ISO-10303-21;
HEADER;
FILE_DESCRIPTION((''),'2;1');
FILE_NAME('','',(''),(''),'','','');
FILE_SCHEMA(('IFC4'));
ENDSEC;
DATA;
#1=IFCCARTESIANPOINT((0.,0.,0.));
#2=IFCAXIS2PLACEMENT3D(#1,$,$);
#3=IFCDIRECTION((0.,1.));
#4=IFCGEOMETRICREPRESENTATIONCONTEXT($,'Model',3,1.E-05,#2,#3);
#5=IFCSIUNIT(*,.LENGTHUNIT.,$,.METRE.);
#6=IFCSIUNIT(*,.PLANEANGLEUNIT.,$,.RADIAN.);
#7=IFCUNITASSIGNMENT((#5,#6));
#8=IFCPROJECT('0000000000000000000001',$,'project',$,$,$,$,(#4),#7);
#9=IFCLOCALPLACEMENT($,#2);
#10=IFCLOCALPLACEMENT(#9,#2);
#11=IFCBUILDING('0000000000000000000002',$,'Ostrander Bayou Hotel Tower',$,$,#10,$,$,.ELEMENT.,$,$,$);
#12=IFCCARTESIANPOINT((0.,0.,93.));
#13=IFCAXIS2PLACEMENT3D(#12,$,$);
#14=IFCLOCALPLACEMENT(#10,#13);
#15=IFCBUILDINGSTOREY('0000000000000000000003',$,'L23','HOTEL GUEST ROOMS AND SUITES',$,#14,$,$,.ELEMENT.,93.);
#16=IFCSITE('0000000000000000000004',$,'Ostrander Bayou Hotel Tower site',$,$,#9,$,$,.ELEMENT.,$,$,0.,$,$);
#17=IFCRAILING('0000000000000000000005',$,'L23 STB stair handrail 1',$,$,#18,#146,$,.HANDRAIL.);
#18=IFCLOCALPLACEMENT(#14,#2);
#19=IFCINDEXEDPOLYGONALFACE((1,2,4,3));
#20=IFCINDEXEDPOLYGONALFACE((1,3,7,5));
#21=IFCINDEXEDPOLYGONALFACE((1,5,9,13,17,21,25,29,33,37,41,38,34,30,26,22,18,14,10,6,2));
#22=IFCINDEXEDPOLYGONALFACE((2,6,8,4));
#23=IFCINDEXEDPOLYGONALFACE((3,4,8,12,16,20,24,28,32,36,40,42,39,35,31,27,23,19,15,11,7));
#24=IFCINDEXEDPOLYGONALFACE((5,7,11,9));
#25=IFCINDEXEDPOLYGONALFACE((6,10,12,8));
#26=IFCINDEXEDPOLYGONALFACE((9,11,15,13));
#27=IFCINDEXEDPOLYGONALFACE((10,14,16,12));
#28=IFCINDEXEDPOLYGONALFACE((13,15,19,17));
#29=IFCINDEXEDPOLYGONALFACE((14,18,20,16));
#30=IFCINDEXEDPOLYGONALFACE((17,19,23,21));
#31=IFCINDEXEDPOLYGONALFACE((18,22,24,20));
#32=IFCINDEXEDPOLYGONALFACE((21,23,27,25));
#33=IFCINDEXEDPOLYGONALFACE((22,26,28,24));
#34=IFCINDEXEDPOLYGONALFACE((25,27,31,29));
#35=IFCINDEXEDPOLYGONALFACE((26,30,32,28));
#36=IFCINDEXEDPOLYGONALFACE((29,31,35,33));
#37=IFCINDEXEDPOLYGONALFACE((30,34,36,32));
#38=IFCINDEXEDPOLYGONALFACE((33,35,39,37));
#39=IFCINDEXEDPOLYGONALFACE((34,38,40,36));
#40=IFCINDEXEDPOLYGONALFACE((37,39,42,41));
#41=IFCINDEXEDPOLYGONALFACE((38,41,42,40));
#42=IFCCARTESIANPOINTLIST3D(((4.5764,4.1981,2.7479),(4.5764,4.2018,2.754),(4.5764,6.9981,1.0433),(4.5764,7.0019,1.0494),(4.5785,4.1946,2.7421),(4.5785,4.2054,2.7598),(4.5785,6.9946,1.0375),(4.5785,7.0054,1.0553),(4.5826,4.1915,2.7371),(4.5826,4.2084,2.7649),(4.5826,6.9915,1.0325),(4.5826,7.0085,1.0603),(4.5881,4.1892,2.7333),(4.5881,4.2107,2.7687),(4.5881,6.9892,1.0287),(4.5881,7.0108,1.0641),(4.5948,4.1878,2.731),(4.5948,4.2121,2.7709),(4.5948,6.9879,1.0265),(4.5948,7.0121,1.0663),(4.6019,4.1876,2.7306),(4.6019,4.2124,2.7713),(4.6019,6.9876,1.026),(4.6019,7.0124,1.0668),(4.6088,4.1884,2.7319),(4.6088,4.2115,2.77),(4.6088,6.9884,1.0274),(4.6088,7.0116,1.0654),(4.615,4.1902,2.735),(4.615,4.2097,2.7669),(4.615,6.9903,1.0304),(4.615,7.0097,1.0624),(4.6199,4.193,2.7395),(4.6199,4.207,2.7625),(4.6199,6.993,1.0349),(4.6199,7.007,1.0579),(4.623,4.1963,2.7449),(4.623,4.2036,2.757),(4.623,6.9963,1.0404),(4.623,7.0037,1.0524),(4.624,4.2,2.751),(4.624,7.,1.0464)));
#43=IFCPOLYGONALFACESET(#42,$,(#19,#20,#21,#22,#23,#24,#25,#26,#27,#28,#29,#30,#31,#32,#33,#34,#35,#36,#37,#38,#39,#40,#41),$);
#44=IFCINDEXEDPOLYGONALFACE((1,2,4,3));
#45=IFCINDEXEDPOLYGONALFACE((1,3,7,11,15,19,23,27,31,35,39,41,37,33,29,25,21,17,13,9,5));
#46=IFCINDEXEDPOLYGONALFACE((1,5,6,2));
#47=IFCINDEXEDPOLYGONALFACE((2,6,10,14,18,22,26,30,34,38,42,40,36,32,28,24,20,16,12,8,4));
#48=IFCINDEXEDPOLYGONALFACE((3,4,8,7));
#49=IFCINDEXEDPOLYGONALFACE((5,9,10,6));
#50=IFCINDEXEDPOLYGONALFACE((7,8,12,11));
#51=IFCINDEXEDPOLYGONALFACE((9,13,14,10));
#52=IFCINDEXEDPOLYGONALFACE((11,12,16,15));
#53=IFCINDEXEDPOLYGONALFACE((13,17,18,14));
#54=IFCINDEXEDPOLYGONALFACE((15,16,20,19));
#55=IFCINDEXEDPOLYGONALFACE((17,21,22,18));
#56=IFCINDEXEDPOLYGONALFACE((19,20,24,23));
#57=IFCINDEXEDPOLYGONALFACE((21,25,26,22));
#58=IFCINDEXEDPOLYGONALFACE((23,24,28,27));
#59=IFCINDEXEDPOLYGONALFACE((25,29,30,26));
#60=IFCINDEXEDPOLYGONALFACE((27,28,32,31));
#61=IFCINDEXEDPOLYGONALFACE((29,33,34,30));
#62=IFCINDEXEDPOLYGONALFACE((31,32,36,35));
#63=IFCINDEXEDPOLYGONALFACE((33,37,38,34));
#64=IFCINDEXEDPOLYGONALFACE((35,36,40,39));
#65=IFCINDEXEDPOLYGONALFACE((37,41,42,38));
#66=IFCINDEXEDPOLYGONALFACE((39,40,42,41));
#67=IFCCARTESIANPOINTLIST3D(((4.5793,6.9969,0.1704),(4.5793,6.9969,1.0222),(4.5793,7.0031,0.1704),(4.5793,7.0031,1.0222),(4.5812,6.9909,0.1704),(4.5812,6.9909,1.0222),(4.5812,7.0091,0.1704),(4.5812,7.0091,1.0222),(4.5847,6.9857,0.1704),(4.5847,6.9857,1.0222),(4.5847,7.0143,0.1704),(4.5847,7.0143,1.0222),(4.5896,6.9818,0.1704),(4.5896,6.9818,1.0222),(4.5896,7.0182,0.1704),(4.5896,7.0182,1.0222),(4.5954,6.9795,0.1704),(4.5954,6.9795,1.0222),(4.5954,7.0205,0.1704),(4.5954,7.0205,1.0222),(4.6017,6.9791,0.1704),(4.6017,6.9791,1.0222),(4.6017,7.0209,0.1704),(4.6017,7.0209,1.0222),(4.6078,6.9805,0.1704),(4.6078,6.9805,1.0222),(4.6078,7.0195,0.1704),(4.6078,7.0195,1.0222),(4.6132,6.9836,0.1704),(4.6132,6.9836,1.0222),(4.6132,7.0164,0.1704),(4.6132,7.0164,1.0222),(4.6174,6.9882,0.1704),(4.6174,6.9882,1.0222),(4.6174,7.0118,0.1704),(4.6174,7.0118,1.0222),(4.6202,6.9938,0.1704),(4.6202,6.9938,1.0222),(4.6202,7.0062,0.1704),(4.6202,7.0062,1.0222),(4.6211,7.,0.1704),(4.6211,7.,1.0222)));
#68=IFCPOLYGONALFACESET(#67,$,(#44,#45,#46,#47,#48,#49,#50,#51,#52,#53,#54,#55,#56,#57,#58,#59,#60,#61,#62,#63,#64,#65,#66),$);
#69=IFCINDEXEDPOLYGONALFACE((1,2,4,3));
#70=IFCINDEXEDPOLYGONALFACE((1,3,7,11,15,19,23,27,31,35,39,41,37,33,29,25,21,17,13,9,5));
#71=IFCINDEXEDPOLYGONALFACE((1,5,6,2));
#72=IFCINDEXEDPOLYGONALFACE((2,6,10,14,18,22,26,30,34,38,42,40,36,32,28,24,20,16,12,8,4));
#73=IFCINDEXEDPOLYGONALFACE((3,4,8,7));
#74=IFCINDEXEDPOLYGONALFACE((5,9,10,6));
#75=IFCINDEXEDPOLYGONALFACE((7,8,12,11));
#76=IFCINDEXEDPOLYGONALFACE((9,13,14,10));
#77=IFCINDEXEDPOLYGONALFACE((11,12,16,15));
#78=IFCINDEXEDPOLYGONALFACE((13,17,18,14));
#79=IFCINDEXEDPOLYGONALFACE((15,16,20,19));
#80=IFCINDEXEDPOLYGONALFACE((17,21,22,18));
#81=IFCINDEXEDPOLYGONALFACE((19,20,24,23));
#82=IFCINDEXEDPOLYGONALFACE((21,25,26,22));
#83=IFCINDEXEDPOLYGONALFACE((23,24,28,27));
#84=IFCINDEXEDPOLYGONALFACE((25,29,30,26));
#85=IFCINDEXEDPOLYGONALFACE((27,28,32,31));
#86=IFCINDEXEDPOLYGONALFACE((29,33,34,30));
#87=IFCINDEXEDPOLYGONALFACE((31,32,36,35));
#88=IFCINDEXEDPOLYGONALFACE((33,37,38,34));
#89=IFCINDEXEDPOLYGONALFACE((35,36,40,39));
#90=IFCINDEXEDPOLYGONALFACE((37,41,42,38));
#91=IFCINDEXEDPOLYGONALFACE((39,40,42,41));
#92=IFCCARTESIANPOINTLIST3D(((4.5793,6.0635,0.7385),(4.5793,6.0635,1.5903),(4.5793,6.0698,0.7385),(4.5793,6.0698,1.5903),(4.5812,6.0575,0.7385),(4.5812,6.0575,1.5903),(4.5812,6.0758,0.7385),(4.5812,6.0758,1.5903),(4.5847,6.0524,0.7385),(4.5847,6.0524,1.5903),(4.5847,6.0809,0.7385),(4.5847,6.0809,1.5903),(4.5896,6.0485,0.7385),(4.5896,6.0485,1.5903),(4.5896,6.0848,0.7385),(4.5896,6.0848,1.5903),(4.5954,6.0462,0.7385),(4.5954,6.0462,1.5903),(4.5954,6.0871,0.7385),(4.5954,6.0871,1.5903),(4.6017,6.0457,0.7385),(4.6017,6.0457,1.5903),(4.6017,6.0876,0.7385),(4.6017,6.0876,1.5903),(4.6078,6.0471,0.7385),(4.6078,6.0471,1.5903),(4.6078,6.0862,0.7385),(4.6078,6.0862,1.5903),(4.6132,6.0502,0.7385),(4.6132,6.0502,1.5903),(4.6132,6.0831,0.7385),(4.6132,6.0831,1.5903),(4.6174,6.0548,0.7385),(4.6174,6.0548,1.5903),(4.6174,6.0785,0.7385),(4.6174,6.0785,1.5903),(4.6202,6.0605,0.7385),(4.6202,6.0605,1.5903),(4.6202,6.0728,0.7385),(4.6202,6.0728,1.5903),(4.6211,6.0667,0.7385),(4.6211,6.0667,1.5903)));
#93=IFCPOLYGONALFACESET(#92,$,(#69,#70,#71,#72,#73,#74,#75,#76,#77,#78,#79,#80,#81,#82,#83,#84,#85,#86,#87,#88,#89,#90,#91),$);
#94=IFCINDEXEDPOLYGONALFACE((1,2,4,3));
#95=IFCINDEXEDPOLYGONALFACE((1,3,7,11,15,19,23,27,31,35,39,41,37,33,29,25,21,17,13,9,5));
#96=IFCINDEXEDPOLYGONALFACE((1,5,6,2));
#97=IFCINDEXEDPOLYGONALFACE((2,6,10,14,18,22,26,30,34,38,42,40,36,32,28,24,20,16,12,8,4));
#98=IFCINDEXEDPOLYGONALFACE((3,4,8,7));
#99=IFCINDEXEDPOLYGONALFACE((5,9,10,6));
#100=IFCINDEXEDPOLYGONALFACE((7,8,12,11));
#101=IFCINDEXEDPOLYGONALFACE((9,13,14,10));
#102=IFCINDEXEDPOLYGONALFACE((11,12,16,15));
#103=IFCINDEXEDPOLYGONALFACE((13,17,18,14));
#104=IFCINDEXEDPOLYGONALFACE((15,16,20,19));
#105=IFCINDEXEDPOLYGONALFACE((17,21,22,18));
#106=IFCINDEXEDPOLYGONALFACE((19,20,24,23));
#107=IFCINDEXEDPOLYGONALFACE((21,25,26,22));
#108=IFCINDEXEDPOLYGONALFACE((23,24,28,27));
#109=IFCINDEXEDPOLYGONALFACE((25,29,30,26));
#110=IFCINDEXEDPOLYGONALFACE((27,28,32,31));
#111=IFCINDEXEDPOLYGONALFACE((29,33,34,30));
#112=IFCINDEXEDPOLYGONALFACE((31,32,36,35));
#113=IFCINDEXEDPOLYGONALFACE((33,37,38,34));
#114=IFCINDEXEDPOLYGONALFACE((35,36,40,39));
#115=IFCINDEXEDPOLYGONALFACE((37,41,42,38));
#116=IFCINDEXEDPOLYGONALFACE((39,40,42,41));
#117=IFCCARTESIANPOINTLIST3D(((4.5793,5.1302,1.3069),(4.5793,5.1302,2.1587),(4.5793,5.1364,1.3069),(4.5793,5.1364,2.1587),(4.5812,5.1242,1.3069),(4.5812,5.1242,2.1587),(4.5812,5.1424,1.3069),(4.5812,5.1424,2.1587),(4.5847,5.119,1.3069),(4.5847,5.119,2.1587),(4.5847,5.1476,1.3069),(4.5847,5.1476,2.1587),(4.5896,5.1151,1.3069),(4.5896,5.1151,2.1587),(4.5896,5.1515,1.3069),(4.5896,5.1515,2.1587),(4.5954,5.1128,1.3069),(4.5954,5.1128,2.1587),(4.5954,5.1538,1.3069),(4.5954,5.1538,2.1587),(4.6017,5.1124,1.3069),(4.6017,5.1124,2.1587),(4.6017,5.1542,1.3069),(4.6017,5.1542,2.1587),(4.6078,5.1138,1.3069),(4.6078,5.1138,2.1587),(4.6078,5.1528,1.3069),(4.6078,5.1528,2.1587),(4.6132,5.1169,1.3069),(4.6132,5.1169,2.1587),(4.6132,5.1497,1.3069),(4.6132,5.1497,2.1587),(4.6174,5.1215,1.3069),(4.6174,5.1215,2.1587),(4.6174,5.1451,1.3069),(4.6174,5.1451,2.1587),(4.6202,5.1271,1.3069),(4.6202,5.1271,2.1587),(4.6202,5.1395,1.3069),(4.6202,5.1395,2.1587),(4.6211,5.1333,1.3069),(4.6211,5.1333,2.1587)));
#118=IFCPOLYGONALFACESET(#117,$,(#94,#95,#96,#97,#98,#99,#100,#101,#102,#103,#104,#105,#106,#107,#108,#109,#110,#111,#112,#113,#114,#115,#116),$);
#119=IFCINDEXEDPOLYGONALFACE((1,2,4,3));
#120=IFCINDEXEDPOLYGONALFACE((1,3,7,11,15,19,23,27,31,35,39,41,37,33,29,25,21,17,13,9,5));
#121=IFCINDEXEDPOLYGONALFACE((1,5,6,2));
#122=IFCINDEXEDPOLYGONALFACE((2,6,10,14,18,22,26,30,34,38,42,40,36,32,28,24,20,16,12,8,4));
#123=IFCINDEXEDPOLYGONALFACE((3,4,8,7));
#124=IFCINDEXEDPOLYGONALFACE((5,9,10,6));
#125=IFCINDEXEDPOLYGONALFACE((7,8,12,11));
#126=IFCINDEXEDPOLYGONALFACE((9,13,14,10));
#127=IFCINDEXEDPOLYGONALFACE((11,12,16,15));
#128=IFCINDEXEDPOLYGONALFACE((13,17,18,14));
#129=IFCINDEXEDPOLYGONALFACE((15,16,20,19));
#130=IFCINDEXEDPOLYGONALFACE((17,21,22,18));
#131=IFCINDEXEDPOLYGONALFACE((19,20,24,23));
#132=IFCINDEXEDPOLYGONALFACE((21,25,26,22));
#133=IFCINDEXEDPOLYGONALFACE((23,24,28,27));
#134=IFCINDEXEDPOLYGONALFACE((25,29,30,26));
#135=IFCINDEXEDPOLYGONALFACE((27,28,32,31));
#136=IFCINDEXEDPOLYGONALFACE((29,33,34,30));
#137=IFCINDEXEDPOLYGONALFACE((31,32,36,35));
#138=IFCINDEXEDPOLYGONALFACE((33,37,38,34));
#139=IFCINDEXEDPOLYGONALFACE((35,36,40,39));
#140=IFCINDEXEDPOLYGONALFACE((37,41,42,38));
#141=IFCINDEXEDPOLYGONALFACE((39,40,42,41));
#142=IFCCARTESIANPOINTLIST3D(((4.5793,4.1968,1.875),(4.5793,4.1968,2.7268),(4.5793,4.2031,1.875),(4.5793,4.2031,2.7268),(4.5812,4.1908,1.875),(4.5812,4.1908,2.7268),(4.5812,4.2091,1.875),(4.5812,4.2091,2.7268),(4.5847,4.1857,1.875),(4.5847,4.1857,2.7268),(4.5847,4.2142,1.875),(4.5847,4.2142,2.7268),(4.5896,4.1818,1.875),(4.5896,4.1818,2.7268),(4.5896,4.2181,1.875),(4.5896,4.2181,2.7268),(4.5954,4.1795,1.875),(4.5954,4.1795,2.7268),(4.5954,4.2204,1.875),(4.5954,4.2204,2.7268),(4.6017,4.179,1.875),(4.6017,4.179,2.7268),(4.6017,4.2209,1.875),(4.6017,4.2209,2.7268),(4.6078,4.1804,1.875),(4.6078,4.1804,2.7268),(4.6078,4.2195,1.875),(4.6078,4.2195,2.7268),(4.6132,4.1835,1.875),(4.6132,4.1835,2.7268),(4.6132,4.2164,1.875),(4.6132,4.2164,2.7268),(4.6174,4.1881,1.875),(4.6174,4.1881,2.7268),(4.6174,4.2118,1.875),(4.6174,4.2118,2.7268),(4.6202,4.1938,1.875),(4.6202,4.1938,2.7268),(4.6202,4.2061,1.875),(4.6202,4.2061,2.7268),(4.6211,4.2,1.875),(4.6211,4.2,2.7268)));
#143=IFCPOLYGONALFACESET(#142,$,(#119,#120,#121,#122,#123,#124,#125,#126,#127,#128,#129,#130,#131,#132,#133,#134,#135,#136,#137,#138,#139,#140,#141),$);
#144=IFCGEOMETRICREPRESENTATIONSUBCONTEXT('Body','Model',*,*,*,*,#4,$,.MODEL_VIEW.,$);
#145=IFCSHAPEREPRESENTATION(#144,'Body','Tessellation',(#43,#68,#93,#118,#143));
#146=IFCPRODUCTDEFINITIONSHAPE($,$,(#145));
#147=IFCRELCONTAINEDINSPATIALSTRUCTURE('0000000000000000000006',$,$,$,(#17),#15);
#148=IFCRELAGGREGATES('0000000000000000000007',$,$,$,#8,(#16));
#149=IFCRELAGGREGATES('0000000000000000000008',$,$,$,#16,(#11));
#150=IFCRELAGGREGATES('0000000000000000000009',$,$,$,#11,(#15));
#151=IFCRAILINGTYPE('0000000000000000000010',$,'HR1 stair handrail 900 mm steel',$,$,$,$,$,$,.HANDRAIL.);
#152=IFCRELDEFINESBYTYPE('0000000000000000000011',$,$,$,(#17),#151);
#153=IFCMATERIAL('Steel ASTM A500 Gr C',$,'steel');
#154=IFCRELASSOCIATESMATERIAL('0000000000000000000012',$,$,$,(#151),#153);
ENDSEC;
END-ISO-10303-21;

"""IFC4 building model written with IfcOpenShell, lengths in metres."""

from ifc_helpers import new_model, si_unit, direction, frame, origin, origin_2d, place, context, subcontext, project, spatial, circle, extrude, material, type_object, element, save


model = new_model("IFC4")

# Units and contexts
model_context = context("Model", 3, precision=1e-05, world=origin(), true_north=direction((0.0, 1.0)))
body_context = subcontext(model_context, "Body", "Model", "MODEL_VIEW")
ifc_project = project(units=[si_unit("LENGTHUNIT", "METRE"), si_unit("PLANEANGLEUNIT", "RADIAN")], contexts=[model_context])

# Site, building, storey
site_placement = place(None, origin())
site = spatial("IfcSite", under=ifc_project, at=site_placement, Name="Ostrander Bayou Hotel Tower site", CompositionType="ELEMENT", RefElevation=0.0)
building_placement = place(site_placement, origin())
building = spatial("IfcBuilding", under=site, at=building_placement, Name="Ostrander Bayou Hotel Tower", CompositionType="ELEMENT")
storey_placement = place(building_placement, frame((0.0, 0.0, 93.0)))
storey = spatial("IfcBuildingStorey", under=building, at=storey_placement, Name="L23", Description="HOTEL GUEST ROOMS AND SUITES", CompositionType="ELEMENT", Elevation=93.0)

# Railing
ifc_material_1 = material(Name="Steel ASTM A500 Gr C", Category="steel")
railing_type_1 = type_object("IfcRailingType", Name="HR1 stair handrail 900 mm steel", PredefinedType="HANDRAIL", material=ifc_material_1)
railing_1_placement = place(storey_placement, frame((4.6001, 7.0, 0.1704)))
element("IfcRailing", 1, at=railing_1_placement, inside=storey, type_object=railing_type_1, Name="L23 STB stair handrail 1", PredefinedType="HANDRAIL", context=body_context, shape_type="SweptSolid", body=[
    extrude(circle(Radius=0.0239, at=origin_2d()), frame((0.0, 0.0, 0.876), z_axis=(0.0, -0.85417, 0.519994), x_axis=(1.0, 0.0, 0.0)), (0.0, 0.0, 1.0), 3.2781),
    extrude(circle(Radius=0.021, at=origin_2d()), origin(), (0.0, 0.0, 1.0), 0.8518),
    extrude(circle(Radius=0.021, at=origin_2d()), frame((0.0, -0.9333, 0.5681)), (0.0, 0.0, 1.0), 0.8518),
    extrude(circle(Radius=0.021, at=origin_2d()), frame((0.0, -1.8667, 1.1365)), (0.0, 0.0, 1.0), 0.8518),
    extrude(circle(Radius=0.021, at=origin_2d()), frame((0.0, -2.8, 1.7046)), (0.0, 0.0, 1.0), 0.8518),
])

save(model, "model.ifc")
